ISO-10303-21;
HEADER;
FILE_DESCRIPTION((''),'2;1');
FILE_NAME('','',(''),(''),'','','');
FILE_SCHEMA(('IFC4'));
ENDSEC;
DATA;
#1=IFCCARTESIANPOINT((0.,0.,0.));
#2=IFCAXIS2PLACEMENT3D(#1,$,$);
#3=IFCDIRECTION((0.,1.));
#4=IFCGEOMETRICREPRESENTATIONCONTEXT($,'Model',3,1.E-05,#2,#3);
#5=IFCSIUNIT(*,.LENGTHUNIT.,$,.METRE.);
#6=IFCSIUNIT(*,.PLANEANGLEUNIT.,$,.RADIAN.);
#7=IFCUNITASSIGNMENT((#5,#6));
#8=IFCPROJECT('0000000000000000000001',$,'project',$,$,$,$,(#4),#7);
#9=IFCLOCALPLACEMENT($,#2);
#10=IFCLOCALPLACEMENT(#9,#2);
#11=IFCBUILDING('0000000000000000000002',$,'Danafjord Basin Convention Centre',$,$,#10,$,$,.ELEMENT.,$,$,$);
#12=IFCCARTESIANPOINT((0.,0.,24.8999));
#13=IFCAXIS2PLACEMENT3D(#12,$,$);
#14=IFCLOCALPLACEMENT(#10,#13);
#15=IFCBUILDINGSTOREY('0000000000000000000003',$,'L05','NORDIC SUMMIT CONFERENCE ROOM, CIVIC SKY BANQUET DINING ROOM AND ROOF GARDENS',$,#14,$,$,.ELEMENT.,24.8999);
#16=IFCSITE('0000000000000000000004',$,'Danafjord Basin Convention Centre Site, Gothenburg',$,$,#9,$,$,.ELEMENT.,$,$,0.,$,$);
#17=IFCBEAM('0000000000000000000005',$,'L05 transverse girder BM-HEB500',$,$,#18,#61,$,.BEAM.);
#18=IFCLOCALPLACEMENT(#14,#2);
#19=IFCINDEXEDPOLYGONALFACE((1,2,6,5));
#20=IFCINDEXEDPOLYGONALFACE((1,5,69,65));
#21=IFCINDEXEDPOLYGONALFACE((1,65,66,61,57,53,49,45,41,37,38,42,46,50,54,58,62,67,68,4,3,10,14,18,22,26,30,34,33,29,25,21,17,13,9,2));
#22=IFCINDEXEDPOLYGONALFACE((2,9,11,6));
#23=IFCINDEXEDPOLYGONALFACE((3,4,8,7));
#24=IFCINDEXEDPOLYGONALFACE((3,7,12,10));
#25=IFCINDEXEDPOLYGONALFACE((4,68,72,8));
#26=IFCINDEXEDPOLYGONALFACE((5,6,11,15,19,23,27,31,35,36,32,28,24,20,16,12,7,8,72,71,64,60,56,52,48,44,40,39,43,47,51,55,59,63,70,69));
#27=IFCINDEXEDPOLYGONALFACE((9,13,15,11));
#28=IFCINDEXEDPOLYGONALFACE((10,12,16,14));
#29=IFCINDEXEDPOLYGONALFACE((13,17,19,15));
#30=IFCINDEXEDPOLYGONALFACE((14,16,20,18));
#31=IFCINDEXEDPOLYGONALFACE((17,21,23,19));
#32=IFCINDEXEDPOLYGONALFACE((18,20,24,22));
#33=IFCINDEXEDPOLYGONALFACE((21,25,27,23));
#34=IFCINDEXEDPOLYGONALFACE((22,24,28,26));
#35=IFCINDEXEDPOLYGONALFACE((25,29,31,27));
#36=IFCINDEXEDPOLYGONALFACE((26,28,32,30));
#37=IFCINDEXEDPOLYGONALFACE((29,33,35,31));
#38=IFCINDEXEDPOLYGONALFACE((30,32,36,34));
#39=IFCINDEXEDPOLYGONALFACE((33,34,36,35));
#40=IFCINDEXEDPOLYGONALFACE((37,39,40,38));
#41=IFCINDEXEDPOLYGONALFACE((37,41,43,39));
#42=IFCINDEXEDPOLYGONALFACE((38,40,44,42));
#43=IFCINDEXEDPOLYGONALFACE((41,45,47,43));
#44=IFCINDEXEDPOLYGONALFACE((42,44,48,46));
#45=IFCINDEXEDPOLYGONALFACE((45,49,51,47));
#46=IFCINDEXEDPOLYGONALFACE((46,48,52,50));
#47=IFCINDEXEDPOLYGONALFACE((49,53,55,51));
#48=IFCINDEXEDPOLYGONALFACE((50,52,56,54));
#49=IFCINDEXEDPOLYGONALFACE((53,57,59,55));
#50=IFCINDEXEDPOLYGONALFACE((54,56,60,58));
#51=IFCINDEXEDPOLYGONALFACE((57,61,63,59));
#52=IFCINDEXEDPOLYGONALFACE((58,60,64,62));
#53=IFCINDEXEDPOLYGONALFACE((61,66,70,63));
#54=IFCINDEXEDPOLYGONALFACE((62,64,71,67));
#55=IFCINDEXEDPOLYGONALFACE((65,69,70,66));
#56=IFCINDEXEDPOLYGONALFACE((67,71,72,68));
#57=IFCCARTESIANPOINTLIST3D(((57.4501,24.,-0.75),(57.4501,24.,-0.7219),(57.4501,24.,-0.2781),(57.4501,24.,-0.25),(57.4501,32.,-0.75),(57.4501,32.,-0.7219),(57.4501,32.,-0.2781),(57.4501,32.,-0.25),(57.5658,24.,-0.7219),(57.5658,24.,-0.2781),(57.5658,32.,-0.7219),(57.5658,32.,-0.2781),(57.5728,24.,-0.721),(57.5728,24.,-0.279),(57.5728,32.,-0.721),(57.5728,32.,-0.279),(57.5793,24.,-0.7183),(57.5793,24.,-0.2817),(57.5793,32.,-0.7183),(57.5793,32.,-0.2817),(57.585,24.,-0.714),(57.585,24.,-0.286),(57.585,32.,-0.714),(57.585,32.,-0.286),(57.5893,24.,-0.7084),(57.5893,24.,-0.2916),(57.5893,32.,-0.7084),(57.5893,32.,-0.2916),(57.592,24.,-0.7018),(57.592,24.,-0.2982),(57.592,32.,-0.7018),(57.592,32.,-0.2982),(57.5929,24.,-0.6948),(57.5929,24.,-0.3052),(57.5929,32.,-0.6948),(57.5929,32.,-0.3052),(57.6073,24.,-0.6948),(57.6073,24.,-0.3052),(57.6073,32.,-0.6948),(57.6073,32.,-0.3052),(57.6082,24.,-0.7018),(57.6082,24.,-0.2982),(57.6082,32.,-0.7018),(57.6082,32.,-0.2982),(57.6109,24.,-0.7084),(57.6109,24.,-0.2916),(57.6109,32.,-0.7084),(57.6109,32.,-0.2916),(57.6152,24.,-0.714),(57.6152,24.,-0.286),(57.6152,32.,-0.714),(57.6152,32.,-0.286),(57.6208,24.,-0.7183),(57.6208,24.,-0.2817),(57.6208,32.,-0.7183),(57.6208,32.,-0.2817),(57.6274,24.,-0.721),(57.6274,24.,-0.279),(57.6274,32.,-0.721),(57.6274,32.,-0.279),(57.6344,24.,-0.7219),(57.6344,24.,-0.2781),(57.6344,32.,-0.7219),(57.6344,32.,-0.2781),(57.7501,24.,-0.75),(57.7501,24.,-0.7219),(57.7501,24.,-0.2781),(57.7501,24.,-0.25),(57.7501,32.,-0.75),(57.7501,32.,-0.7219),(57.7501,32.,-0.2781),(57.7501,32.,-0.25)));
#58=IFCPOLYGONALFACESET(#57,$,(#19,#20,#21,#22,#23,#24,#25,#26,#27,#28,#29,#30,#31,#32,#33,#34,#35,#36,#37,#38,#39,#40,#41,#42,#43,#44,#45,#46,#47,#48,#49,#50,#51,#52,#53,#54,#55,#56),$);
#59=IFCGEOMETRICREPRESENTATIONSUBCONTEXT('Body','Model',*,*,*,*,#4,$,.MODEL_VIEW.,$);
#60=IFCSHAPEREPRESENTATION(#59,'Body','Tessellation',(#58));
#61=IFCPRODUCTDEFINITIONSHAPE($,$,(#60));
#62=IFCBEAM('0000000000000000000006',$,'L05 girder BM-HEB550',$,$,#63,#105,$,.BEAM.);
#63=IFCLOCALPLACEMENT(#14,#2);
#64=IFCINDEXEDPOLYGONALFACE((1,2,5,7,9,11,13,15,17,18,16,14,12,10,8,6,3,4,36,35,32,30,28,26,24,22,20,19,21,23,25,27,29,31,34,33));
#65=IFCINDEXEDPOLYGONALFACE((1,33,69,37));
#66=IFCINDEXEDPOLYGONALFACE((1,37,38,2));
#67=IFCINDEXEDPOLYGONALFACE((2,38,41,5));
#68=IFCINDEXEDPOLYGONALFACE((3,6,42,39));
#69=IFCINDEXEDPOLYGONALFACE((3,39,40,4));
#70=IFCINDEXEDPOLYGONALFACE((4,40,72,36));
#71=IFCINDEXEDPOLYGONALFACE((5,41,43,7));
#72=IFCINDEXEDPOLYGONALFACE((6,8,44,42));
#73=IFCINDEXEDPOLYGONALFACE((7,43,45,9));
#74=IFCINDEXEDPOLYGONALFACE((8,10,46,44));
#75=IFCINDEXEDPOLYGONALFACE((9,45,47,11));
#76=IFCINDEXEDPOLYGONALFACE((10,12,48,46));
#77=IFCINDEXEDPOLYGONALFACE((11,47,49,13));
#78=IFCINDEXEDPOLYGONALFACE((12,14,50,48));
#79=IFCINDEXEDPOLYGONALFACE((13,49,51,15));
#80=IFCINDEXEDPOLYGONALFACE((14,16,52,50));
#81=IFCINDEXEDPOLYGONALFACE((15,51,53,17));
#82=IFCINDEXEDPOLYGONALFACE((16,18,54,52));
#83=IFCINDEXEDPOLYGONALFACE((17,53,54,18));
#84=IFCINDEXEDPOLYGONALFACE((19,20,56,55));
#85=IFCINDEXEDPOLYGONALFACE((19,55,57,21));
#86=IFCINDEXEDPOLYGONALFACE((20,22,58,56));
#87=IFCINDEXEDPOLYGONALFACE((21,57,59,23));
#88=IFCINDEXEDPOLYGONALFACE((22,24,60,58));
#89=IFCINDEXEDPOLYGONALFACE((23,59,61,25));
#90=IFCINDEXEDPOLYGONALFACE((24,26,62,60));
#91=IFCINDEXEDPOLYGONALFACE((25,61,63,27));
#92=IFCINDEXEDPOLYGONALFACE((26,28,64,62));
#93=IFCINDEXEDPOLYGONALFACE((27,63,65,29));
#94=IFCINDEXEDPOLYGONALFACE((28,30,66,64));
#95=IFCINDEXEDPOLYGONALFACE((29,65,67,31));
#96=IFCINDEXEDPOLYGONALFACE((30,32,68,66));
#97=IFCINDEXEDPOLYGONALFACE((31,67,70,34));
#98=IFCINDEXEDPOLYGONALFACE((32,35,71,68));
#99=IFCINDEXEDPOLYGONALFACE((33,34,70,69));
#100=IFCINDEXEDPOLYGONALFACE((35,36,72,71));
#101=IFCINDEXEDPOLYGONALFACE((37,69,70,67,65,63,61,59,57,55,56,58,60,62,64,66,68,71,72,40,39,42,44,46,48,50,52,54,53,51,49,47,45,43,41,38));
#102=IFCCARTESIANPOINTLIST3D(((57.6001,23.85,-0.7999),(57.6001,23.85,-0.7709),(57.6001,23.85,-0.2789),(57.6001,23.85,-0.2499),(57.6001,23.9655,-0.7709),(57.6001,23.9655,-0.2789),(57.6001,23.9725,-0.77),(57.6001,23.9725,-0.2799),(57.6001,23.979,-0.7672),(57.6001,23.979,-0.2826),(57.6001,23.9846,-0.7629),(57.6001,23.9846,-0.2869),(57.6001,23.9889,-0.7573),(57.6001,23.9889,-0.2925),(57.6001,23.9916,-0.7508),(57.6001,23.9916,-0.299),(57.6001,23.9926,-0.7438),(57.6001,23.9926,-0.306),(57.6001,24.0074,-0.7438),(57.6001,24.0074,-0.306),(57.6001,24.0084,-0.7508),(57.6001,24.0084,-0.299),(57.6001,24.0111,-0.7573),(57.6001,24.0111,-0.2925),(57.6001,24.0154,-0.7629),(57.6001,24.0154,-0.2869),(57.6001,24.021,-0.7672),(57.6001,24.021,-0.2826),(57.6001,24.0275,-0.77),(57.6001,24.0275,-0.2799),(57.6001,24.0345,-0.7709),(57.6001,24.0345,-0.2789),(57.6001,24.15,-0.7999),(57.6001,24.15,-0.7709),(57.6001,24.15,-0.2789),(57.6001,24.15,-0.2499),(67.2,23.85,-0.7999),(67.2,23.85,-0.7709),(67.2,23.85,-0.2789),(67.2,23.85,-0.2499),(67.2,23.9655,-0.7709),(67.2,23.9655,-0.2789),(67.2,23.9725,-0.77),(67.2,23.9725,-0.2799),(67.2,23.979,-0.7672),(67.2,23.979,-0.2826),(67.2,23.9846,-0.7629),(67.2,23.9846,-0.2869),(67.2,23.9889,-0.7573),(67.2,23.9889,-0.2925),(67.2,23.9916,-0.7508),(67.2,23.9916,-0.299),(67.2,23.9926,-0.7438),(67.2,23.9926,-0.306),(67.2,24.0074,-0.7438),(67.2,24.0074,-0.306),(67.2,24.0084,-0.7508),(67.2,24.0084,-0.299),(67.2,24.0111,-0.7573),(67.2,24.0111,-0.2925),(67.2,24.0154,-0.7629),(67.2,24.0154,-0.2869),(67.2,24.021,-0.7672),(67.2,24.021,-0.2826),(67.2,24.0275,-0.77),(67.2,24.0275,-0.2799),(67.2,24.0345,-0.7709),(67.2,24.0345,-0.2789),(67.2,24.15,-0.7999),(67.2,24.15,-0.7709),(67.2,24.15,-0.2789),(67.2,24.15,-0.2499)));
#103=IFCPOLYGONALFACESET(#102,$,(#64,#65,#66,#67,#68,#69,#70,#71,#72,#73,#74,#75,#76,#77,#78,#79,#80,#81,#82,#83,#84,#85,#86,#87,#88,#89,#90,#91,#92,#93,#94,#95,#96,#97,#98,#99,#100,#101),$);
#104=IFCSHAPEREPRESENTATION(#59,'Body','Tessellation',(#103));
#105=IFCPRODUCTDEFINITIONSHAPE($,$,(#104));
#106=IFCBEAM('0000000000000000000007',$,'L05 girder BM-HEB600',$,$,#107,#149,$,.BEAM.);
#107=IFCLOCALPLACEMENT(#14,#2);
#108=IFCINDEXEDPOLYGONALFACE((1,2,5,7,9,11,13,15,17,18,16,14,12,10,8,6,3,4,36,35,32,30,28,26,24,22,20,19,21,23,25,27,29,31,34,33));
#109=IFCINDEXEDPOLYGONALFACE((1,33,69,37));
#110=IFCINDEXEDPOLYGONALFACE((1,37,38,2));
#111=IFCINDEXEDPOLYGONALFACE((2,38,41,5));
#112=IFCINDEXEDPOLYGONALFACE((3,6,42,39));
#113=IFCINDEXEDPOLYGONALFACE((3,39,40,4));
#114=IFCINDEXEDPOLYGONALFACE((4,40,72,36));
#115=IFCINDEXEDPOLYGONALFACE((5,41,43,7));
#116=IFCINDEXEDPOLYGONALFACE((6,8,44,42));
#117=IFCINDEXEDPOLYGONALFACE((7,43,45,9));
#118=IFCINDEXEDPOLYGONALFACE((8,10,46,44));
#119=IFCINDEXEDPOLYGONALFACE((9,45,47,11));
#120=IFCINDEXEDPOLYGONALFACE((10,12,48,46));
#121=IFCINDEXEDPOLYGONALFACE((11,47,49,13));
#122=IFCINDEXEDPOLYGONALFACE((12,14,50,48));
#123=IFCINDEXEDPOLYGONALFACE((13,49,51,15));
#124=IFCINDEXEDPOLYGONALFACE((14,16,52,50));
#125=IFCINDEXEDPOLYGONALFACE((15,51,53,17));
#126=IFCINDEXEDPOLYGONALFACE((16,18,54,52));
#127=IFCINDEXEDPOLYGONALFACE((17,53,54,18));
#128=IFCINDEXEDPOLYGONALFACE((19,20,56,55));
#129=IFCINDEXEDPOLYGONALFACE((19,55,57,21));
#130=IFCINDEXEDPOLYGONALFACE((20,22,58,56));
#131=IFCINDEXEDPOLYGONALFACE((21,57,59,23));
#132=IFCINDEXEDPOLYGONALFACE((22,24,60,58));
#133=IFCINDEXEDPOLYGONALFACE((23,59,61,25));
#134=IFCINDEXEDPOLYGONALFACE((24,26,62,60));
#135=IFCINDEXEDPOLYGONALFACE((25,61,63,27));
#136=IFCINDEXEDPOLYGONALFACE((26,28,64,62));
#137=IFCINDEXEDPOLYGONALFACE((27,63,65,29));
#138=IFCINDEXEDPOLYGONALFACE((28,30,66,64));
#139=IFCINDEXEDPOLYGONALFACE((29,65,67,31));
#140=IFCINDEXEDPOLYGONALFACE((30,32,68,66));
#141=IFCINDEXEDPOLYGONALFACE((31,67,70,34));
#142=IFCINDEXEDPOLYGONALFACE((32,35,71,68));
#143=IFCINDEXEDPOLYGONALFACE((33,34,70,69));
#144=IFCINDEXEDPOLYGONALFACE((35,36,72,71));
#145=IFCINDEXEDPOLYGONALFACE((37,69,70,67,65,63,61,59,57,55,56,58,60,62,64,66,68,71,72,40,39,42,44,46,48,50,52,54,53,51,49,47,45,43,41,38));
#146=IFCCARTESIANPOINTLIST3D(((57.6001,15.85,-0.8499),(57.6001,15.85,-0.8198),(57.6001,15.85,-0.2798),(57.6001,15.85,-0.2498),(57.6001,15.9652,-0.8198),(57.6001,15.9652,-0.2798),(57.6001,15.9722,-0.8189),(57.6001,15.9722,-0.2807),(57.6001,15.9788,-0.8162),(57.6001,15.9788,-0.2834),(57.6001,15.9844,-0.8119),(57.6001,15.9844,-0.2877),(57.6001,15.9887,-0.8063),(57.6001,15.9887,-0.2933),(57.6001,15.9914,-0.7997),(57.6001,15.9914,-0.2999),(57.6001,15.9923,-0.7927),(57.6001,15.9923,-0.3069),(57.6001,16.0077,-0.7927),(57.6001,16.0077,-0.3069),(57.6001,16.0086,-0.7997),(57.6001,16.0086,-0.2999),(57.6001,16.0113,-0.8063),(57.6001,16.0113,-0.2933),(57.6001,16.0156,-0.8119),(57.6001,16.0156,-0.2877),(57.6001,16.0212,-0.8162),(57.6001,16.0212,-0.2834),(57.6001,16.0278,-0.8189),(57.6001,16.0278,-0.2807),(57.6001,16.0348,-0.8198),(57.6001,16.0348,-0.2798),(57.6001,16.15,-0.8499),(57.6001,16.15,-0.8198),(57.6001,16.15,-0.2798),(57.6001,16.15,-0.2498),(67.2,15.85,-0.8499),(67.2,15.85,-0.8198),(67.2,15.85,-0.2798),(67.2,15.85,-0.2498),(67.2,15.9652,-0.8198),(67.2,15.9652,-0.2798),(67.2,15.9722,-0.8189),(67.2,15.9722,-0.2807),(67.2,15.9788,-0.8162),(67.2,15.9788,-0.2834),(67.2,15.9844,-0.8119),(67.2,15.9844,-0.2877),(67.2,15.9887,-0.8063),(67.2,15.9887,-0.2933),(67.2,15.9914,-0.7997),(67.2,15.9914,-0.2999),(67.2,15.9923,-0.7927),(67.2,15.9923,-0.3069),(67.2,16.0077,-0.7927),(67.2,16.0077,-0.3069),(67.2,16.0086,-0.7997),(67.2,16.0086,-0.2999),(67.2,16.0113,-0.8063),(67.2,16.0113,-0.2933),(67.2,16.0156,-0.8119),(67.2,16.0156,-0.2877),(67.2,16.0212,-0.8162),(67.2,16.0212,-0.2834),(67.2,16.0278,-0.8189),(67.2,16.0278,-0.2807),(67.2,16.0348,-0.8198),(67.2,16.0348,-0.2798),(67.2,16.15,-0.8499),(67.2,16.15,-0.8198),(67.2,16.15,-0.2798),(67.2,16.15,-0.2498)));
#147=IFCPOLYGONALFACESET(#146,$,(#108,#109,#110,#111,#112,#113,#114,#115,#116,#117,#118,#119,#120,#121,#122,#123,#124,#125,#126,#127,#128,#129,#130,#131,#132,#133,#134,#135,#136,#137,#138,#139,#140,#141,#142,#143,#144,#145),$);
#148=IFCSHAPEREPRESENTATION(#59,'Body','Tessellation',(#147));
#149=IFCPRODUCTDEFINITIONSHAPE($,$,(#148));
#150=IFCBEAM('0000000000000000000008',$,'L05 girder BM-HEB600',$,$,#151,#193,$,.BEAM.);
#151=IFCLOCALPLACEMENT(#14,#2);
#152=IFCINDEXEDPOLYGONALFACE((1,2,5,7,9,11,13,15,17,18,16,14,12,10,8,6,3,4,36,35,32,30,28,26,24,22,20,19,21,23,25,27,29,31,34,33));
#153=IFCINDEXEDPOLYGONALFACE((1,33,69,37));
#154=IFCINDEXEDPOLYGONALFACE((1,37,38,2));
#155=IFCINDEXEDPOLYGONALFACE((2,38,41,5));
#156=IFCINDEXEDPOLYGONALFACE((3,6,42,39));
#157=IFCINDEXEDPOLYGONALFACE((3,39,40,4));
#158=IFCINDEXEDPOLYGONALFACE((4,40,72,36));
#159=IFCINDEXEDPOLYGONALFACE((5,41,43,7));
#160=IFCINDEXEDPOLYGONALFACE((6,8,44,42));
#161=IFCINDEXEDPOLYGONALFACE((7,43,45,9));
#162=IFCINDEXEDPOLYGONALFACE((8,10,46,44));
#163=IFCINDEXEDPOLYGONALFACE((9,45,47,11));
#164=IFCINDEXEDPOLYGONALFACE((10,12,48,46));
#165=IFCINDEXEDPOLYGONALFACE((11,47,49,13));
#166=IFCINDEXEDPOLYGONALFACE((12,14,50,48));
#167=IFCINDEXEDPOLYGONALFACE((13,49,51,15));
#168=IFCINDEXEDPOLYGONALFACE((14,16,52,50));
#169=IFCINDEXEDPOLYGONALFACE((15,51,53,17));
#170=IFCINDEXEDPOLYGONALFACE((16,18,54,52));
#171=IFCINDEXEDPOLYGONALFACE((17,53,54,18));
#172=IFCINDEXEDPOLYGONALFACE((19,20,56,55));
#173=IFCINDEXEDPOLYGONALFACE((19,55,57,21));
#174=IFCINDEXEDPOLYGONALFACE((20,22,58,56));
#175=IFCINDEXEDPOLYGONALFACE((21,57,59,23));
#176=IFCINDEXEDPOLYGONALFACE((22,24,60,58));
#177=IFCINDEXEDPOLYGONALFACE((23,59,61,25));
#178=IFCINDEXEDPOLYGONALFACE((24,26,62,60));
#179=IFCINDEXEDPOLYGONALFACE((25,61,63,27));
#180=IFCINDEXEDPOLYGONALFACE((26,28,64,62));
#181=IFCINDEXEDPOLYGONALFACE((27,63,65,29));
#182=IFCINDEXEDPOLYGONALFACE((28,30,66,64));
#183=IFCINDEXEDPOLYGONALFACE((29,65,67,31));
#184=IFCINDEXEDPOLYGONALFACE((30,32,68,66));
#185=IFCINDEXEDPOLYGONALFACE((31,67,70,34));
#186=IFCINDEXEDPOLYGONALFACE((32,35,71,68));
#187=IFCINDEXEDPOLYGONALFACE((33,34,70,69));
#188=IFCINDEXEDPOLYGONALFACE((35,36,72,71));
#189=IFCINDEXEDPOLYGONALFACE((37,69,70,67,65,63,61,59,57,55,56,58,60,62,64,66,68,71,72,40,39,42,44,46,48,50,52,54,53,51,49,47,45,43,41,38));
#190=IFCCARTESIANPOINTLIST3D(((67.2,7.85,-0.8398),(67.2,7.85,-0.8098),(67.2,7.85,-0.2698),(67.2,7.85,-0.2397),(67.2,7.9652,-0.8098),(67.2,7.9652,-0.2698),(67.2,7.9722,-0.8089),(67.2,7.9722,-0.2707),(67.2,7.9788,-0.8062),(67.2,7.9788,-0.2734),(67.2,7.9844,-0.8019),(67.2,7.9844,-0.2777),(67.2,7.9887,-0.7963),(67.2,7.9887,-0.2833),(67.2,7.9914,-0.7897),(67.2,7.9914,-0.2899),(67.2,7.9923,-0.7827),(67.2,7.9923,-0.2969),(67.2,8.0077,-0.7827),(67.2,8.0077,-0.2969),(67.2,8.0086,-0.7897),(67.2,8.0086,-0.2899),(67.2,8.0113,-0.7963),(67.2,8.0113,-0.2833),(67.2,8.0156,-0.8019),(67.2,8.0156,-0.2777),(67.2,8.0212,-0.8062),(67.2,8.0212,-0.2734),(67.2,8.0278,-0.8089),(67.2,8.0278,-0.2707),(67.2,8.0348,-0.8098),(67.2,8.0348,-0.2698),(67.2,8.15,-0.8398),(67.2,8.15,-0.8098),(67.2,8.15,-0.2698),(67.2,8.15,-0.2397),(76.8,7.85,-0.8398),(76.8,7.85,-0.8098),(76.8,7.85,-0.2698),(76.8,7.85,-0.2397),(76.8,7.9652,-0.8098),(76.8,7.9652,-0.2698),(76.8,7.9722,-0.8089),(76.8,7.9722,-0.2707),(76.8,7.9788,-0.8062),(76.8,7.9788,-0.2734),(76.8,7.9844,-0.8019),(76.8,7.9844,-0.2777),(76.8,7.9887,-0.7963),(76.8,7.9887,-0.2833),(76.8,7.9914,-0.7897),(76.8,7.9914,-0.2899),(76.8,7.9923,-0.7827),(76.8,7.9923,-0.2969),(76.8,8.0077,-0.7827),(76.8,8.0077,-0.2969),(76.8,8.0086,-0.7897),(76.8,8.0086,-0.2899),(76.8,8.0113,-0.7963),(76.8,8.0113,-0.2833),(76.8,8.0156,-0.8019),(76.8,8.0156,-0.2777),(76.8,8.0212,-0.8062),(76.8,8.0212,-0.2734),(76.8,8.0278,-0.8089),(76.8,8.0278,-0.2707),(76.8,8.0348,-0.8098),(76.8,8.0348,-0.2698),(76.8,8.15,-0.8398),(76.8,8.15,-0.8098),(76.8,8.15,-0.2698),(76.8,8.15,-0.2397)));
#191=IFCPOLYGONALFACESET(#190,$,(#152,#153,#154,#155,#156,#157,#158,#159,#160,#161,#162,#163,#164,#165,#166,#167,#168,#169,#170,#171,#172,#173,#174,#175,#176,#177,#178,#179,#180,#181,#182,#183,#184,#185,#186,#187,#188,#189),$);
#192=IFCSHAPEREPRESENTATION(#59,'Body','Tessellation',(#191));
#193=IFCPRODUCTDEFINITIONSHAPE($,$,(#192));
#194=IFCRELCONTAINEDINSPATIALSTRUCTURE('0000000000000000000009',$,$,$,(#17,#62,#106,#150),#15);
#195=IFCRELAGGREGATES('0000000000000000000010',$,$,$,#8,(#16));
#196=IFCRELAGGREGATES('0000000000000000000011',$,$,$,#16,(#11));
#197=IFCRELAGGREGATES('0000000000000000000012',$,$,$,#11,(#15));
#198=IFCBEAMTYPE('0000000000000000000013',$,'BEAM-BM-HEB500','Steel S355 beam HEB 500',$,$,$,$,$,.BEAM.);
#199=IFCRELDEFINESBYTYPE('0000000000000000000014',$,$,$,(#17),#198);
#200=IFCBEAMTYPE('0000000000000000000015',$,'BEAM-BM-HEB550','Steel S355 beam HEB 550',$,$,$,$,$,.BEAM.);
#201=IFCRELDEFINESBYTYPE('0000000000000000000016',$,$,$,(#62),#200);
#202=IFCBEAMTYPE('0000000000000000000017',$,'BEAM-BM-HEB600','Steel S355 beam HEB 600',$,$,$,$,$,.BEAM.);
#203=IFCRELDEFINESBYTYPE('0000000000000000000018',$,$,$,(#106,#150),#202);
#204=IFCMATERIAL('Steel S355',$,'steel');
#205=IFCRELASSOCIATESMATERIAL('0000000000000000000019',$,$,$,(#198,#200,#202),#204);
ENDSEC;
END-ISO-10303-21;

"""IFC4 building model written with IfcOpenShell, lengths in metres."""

from ifc_helpers import new_model, si_unit, direction, frame, origin, origin_2d, place, context, subcontext, project, spatial, i_section, extrude, material, material_profile, profile_set, type_object, element, save


model = new_model("IFC4")

# Units and contexts
model_context = context("Model", 3, precision=1e-05, world=origin(), true_north=direction((0.0, 1.0)))
body_context = subcontext(model_context, "Body", "Model", "MODEL_VIEW")
ifc_project = project(units=[si_unit("LENGTHUNIT", "METRE"), si_unit("PLANEANGLEUNIT", "RADIAN")], contexts=[model_context])

# Site, building, storey
site_placement = place(None, origin())
site = spatial("IfcSite", under=ifc_project, at=site_placement, Name="Danafjord Basin Convention Centre Site, Gothenburg", CompositionType="ELEMENT", RefElevation=0.0)
building_placement = place(site_placement, origin())
building = spatial("IfcBuilding", under=site, at=building_placement, Name="Danafjord Basin Convention Centre", CompositionType="ELEMENT")
storey_placement = place(building_placement, frame((0.0, 0.0, 24.8999)))
storey = spatial("IfcBuildingStorey", under=building, at=storey_placement, Name="L05", Description="NORDIC SUMMIT CONFERENCE ROOM, CIVIC SKY BANQUET DINING ROOM AND ROOF GARDENS", CompositionType="ELEMENT", Elevation=24.8999)

# Shared definitions
ifc_material_1 = material(Name="Steel S355", Category="steel")

# Beams
ifc_material_profile_1 = material_profile(ifc_material_1, i_section(OverallWidth=0.3, OverallDepth=0.5, WebThickness=0.0144, FlangeThickness=0.0281, FilletRadius=0.0271, at=origin_2d()), Name="HEB 500")
ifc_profile_set_1 = profile_set([ifc_material_profile_1], Name="Steel S355")
beam_type_1 = type_object("IfcBeamType", Name="BEAM-BM-HEB500", Description="Steel S355 beam HEB 500", PredefinedType="BEAM", material=ifc_profile_set_1)
beam_1_placement = place(storey_placement, frame((57.6001, 24.0, -0.5), z_axis=(0.0, 1.0, 0.0), x_axis=(-1.0, 0.0, 0.0)))
element("IfcBeam", 1, at=beam_1_placement, inside=storey, type_object=beam_type_1, Name="L05 transverse girder BM-HEB500", PredefinedType="BEAM", context=body_context, shape_type="SweptSolid", body=[
    extrude(i_section(OverallWidth=0.3, OverallDepth=0.5, WebThickness=0.0144, FlangeThickness=0.0281, FilletRadius=0.0271, at=origin_2d()), origin(), (0.0, 0.0, 1.0), 8.0),
])
ifc_material_profile_2 = material_profile(ifc_material_1, i_section(OverallWidth=0.3, OverallDepth=0.55, WebThickness=0.0149, FlangeThickness=0.0291, FilletRadius=0.0271, at=origin_2d()), Name="HEB 550")
ifc_profile_set_2 = profile_set([ifc_material_profile_2], Name="Steel S355")
beam_type_2 = type_object("IfcBeamType", Name="BEAM-BM-HEB550", Description="Steel S355 beam HEB 550", PredefinedType="BEAM", material=ifc_profile_set_2)
beam_2_placement = place(storey_placement, frame((57.6001, 24.0, -0.5249), z_axis=(1.0, 0.0, 0.0), x_axis=(0.0, 1.0, 0.0)))
element("IfcBeam", 2, at=beam_2_placement, inside=storey, type_object=beam_type_2, Name="L05 girder BM-HEB550", PredefinedType="BEAM", context=body_context, shape_type="SweptSolid", body=[
    extrude(i_section(OverallWidth=0.3, OverallDepth=0.55, WebThickness=0.0149, FlangeThickness=0.0291, FilletRadius=0.0271, at=origin_2d()), origin(), (0.0, 0.0, 1.0), 9.5999),
])
ifc_material_profile_3 = material_profile(ifc_material_1, i_section(OverallWidth=0.3, OverallDepth=0.6001, WebThickness=0.0154, FlangeThickness=0.03, FilletRadius=0.0271, at=origin_2d()), Name="HEB 600")
ifc_profile_set_3 = profile_set([ifc_material_profile_3], Name="Steel S355")
beam_type_3 = type_object("IfcBeamType", Name="BEAM-BM-HEB600", Description="Steel S355 beam HEB 600", PredefinedType="BEAM", material=ifc_profile_set_3)
beam_3_placement = place(storey_placement, frame((57.6001, 16.0, -0.5498), z_axis=(1.0, 0.0, 0.0), x_axis=(0.0, 1.0, 0.0)))
element("IfcBeam", 3, at=beam_3_placement, inside=storey, type_object=beam_type_3, Name="L05 girder BM-HEB600", PredefinedType="BEAM", context=body_context, shape_type="SweptSolid", body=[
    extrude(i_section(OverallWidth=0.3, OverallDepth=0.6001, WebThickness=0.0154, FlangeThickness=0.03, FilletRadius=0.0271, at=origin_2d()), origin(), (0.0, 0.0, 1.0), 9.5999),
])
beam_4_placement = place(storey_placement, frame((67.2, 8.0, -0.5398), z_axis=(1.0, 0.0, 0.0), x_axis=(0.0, 1.0, 0.0)))
element("IfcBeam", 4, at=beam_4_placement, inside=storey, type_object=beam_type_3, Name="L05 girder BM-HEB600", PredefinedType="BEAM", context=body_context, shape_type="SweptSolid", body=[
    extrude(i_section(OverallWidth=0.3, OverallDepth=0.6001, WebThickness=0.0154, FlangeThickness=0.03, FilletRadius=0.0271, at=origin_2d()), origin(), (0.0, 0.0, 1.0), 9.6001),
])

save(model, "model.ifc")
